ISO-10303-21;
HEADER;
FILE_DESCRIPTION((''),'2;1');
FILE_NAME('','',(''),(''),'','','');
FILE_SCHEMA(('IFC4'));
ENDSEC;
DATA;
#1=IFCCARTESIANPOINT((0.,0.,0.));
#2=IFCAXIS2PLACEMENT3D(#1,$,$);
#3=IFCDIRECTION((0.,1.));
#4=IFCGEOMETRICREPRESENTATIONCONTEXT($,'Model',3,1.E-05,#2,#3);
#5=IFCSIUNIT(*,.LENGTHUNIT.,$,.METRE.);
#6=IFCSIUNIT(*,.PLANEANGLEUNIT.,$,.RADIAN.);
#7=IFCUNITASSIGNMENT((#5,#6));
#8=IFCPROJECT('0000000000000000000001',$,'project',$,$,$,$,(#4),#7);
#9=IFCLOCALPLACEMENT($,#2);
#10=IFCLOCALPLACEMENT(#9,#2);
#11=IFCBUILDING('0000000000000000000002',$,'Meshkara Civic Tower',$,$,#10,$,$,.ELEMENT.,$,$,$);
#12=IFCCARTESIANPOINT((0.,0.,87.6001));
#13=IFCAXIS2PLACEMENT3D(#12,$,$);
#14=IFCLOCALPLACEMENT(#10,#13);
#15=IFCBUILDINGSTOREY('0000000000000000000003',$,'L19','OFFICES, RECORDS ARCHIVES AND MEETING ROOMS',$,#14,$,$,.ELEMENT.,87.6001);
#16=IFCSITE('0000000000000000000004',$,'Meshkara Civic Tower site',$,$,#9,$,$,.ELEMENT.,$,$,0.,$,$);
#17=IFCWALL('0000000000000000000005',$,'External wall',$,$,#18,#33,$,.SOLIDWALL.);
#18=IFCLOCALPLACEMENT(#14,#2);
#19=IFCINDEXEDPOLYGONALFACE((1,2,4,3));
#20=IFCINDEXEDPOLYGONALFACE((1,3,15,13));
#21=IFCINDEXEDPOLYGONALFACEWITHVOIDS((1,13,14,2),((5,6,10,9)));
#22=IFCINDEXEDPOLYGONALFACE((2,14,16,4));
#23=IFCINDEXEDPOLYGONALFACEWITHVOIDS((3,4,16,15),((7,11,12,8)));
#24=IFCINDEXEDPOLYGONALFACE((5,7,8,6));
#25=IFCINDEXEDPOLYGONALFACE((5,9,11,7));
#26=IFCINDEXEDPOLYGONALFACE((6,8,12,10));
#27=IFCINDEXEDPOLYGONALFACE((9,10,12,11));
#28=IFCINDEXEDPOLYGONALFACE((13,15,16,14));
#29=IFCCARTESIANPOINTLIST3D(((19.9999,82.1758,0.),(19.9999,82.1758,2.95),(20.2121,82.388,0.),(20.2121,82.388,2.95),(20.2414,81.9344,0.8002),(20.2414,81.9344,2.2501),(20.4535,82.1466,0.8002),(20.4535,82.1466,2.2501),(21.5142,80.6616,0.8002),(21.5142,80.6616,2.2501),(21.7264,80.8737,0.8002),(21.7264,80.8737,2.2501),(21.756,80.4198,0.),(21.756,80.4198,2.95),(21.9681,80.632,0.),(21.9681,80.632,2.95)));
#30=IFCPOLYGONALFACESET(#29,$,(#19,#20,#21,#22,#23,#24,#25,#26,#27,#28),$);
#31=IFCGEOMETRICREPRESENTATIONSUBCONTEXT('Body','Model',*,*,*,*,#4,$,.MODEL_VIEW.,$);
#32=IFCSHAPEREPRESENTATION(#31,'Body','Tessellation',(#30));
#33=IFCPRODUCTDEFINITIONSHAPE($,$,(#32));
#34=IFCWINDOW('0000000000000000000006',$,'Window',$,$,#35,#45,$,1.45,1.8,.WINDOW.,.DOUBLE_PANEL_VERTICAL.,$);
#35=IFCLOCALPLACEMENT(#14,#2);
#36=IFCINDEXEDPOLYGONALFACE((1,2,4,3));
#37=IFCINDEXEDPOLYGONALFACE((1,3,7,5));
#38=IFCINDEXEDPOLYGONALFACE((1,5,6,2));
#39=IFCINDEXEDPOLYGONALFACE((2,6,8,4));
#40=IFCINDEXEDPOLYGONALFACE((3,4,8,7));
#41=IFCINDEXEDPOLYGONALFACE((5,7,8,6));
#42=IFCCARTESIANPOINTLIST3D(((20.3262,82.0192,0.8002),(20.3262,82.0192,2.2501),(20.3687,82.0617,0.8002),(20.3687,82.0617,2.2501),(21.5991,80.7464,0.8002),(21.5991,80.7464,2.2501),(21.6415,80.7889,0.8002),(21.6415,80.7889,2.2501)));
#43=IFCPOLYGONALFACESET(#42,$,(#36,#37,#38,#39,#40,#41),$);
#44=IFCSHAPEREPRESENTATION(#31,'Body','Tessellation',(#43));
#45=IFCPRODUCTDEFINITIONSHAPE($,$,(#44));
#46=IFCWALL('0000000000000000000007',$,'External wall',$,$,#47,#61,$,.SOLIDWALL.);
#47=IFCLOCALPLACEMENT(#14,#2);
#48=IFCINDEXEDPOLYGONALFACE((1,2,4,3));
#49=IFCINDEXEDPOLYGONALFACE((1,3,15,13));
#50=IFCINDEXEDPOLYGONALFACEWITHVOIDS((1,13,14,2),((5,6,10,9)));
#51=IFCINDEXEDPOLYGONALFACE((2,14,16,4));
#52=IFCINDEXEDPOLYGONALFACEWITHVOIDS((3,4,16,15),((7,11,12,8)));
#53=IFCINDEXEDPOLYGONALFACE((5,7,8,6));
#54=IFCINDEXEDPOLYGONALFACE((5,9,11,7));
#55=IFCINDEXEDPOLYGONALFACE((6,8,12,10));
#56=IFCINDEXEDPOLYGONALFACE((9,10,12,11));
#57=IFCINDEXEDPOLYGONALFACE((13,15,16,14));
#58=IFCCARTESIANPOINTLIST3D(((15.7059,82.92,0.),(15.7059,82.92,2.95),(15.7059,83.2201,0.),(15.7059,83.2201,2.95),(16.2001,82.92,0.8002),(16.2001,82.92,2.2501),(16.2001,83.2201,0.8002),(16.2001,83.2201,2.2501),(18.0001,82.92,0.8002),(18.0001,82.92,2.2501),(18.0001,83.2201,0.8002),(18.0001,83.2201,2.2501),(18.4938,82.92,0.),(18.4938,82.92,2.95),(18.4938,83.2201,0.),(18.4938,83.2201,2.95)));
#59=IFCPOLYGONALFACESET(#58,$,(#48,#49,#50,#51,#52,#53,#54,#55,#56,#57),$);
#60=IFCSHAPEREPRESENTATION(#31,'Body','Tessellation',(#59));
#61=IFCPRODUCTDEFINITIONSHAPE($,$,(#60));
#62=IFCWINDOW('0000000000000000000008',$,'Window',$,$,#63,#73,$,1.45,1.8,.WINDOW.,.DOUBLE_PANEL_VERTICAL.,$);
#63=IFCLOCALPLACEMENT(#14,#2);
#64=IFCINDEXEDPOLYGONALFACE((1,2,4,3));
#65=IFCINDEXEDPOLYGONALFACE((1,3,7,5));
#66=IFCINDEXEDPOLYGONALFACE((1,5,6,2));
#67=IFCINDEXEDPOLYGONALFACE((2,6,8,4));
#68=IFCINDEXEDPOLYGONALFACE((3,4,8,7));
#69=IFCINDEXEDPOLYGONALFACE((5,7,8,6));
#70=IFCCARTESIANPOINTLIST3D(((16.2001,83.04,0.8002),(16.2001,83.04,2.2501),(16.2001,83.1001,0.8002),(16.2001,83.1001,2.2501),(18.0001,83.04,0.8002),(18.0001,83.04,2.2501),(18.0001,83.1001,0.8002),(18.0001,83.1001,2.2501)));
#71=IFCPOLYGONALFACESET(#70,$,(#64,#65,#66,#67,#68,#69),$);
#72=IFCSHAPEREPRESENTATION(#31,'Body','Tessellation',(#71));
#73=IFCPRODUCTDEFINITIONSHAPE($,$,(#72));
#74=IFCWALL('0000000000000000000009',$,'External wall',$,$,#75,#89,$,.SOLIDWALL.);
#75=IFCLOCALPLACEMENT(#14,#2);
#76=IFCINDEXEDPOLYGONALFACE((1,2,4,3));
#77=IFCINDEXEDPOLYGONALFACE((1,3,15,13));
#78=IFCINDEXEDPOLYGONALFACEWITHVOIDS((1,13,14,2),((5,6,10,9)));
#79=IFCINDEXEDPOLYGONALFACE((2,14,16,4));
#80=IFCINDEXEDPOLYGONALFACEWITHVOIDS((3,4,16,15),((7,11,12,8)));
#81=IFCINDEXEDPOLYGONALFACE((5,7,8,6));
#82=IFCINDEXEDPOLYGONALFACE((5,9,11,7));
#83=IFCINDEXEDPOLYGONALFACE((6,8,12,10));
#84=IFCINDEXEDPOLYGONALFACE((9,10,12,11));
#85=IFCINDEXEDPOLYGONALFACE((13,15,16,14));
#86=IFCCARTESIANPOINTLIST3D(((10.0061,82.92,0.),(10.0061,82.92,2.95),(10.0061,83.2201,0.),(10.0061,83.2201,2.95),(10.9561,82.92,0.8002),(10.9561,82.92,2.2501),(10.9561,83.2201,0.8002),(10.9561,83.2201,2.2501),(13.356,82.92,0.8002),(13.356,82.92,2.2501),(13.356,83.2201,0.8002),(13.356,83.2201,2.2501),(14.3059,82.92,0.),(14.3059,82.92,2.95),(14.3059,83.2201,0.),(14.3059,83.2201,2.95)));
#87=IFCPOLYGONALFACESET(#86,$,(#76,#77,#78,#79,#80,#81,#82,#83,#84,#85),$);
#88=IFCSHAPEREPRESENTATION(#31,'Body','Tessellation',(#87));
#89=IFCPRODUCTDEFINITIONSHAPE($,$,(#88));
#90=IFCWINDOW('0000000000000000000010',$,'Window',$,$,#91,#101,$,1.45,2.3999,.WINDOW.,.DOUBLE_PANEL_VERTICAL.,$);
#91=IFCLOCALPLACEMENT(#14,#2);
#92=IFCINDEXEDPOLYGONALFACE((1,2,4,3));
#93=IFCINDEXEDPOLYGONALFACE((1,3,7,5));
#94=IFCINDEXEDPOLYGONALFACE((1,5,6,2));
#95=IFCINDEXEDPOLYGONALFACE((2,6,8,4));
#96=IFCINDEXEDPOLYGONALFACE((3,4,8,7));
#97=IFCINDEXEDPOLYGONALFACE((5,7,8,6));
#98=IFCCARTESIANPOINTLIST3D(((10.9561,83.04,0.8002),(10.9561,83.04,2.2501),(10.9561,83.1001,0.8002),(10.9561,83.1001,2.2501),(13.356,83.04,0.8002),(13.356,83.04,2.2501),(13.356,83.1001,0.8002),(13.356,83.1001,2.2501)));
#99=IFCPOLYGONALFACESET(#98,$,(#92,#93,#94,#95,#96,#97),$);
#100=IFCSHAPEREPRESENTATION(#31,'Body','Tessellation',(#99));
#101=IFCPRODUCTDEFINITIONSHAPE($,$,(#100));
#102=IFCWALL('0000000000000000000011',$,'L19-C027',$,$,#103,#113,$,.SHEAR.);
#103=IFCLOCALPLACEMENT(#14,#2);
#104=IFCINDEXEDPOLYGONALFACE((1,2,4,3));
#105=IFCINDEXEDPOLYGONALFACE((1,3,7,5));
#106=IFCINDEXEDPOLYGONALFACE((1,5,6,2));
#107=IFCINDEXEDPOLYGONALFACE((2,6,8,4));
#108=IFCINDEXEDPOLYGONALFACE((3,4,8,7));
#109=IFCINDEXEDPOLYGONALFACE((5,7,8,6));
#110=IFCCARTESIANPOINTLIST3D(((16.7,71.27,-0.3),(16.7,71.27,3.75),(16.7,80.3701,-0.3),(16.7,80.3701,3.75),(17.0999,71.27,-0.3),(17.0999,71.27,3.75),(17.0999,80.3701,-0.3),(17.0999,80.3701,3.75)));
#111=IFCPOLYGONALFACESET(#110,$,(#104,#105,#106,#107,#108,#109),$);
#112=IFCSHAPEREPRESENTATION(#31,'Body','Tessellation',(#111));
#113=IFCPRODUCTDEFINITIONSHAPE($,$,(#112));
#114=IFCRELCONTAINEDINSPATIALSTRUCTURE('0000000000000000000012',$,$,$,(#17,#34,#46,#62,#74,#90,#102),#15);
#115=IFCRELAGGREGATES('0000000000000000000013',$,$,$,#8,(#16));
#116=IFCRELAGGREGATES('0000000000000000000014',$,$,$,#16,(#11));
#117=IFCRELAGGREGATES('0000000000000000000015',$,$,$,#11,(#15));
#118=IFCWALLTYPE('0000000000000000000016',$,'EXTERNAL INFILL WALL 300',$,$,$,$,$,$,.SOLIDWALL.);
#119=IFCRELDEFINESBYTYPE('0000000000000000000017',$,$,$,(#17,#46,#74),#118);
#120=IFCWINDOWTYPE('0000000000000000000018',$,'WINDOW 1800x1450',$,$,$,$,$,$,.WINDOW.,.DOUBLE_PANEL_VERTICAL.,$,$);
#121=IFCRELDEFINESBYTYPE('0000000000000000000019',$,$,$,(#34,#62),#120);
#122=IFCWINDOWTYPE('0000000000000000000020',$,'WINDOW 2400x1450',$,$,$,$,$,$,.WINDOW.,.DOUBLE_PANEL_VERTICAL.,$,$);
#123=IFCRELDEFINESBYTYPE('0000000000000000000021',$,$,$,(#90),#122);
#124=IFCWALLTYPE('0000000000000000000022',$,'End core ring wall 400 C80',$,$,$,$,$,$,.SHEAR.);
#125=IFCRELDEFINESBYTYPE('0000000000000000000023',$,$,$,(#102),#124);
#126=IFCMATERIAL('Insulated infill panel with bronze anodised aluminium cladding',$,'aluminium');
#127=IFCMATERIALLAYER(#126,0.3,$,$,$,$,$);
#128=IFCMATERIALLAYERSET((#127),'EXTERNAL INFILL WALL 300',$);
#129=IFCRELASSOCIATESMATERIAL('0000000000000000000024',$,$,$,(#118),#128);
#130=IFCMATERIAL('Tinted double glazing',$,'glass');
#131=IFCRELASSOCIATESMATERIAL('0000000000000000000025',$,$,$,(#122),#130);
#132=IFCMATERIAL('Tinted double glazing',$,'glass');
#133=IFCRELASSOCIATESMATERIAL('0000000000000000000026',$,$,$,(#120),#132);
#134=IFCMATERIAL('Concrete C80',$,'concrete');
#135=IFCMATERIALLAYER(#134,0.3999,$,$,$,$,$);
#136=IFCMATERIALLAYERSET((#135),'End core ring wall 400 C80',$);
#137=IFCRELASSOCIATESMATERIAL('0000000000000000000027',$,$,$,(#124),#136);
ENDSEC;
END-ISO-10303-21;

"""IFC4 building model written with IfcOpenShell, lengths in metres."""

from ifc_helpers import new_model, si_unit, direction, frame, frame_2d, origin, place, context, subcontext, project, spatial, rectangle, extrude, material, layer, layer_set, type_object, element, fill, save


model = new_model("IFC4")

# Units and contexts
model_context = context("Model", 3, precision=1e-05, world=origin(), true_north=direction((0.0, 1.0)))
body_context = subcontext(model_context, "Body", "Model", "MODEL_VIEW")
ifc_project = project(units=[si_unit("LENGTHUNIT", "METRE"), si_unit("PLANEANGLEUNIT", "RADIAN")], contexts=[model_context])

# Site, building, storey
site_placement = place(None, origin())
site = spatial("IfcSite", under=ifc_project, at=site_placement, Name="Meshkara Civic Tower site", CompositionType="ELEMENT", RefElevation=0.0)
building_placement = place(site_placement, origin())
building = spatial("IfcBuilding", under=site, at=building_placement, Name="Meshkara Civic Tower", CompositionType="ELEMENT")
storey_placement = place(building_placement, frame((0.0, 0.0, 87.6001)))
storey = spatial("IfcBuildingStorey", under=building, at=storey_placement, Name="L19", Description="OFFICES, RECORDS ARCHIVES AND MEETING ROOMS", CompositionType="ELEMENT", Elevation=87.6001)

# Walls, openings, windows
ifc_material_1 = material(Name="Insulated infill panel with bronze anodised aluminium cladding", Category="aluminium")
ifc_layer_1 = layer(ifc_material_1, 0.3)
ifc_layer_set_1 = layer_set([ifc_layer_1], Name="EXTERNAL INFILL WALL 300")
wall_type_1 = type_object("IfcWallType", Name="EXTERNAL INFILL WALL 300", PredefinedType="SOLIDWALL", material=ifc_layer_set_1)
ifc_material_2 = material(Name="Tinted double glazing", Category="glass")
window_type_1 = type_object("IfcWindowType", Name="WINDOW 2400x1450", PartitioningType="DOUBLE_PANEL_VERTICAL", PredefinedType="WINDOW", material=ifc_material_2)
wall_1_placement = place(storey_placement, frame((21.8621, 80.5259, 0.0), z_axis=(0.0, 0.0, 1.0), x_axis=(-0.707107, 0.707107, 0.0)))
wall_1 = element("IfcWall", 1, at=wall_1_placement, inside=storey, type_object=wall_type_1, Name="External wall", PredefinedType="SOLIDWALL", context=body_context, shape_type="SweptSolid", body=[
    extrude(rectangle(XDim=2.4834, YDim=0.3, at=frame_2d((1.2417, 0.0))), origin(), (0.0, 0.0, 1.0), 2.95),
])
opening_1_placement = place(wall_1_placement, frame((0.342, 0.0, 0.8)))
opening_1 = element("IfcOpeningElement", 2, at=opening_1_placement, cuts=wall_1, PredefinedType="OPENING", context=body_context, shape_type="SweptSolid", body=[
    extrude(rectangle(XDim=1.8, YDim=1.45, at=frame_2d((0.8999, 0.7251))), frame((0.0, 0.1599, 0.0), z_axis=(0.0, -1.0, 0.0), x_axis=(1.0, 0.0, 0.0)), (0.0, 0.0, 1.0), 0.3201),
])
ifc_material_3 = material(Name="Tinted double glazing", Category="glass")
window_type_2 = type_object("IfcWindowType", Name="WINDOW 1800x1450", PartitioningType="DOUBLE_PANEL_VERTICAL", PredefinedType="WINDOW", material=ifc_material_3)
window_1_placement = place(opening_1_placement, origin())
window_1 = element("IfcWindow", 3, at=window_1_placement, inside=storey, type_object=window_type_2, Name="Window", OverallHeight=1.45, OverallWidth=1.8, PartitioningType="DOUBLE_PANEL_VERTICAL", PredefinedType="WINDOW", context=body_context, shape_type="SweptSolid", body=[
    extrude(rectangle(XDim=1.8, YDim=1.45, at=frame_2d((0.8999, 0.7251))), frame((0.0, 0.03, 0.0), z_axis=(0.0, -1.0, 0.0), x_axis=(1.0, 0.0, 0.0)), (0.0, 0.0, 1.0), 0.0601),
])
fill(opening_1, window_1)
wall_2_placement = place(storey_placement, frame((18.4939, 83.0701, 0.0), z_axis=(0.0, 0.0, 1.0), x_axis=(-1.0, 0.0, 0.0)))
wall_2 = element("IfcWall", 4, at=wall_2_placement, inside=storey, type_object=wall_type_1, Name="External wall", PredefinedType="SOLIDWALL", context=body_context, shape_type="SweptSolid", body=[
    extrude(rectangle(XDim=2.7878, YDim=0.3, at=frame_2d((1.394, 0.0))), origin(), (0.0, 0.0, 1.0), 2.95),
])
opening_2_placement = place(wall_2_placement, frame((0.4939, 0.0, 0.8)))
opening_2 = element("IfcOpeningElement", 5, at=opening_2_placement, cuts=wall_2, PredefinedType="OPENING", context=body_context, shape_type="SweptSolid", body=[
    extrude(rectangle(XDim=1.8, YDim=1.45, at=frame_2d((0.8999, 0.7251))), frame((0.0, 0.1599, 0.0), z_axis=(0.0, -1.0, 0.0), x_axis=(1.0, 0.0, 0.0)), (0.0, 0.0, 1.0), 0.3201),
])
window_2_placement = place(opening_2_placement, origin())
window_2 = element("IfcWindow", 6, at=window_2_placement, inside=storey, type_object=window_type_2, Name="Window", OverallHeight=1.45, OverallWidth=1.8, PartitioningType="DOUBLE_PANEL_VERTICAL", PredefinedType="WINDOW", context=body_context, shape_type="SweptSolid", body=[
    extrude(rectangle(XDim=1.8, YDim=1.45, at=frame_2d((0.8999, 0.7251))), frame((0.0, 0.03, 0.0), z_axis=(0.0, -1.0, 0.0), x_axis=(1.0, 0.0, 0.0)), (0.0, 0.0, 1.0), 0.0601),
])
fill(opening_2, window_2)
wall_3_placement = place(storey_placement, frame((14.3059, 83.0701, 0.0), z_axis=(0.0, 0.0, 1.0), x_axis=(-1.0, 0.0, 0.0)))
wall_3 = element("IfcWall", 7, at=wall_3_placement, inside=storey, type_object=wall_type_1, Name="External wall", PredefinedType="SOLIDWALL", context=body_context, shape_type="SweptSolid", body=[
    extrude(rectangle(XDim=4.2998, YDim=0.3, at=frame_2d((2.1499, 0.0))), origin(), (0.0, 0.0, 1.0), 2.95),
])
opening_3_placement = place(wall_3_placement, frame((0.95, 0.0, 0.8)))
opening_3 = element("IfcOpeningElement", 8, at=opening_3_placement, cuts=wall_3, PredefinedType="OPENING", context=body_context, shape_type="SweptSolid", body=[
    extrude(rectangle(XDim=2.3999, YDim=1.45, at=frame_2d((1.2, 0.7251))), frame((0.0, 0.1599, 0.0), z_axis=(0.0, -1.0, 0.0), x_axis=(1.0, 0.0, 0.0)), (0.0, 0.0, 1.0), 0.3201),
])
window_3_placement = place(opening_3_placement, origin())
window_3 = element("IfcWindow", 9, at=window_3_placement, inside=storey, type_object=window_type_1, Name="Window", OverallHeight=1.45, OverallWidth=2.3999, PartitioningType="DOUBLE_PANEL_VERTICAL", PredefinedType="WINDOW", context=body_context, shape_type="SweptSolid", body=[
    extrude(rectangle(XDim=2.3999, YDim=1.45, at=frame_2d((1.2, 0.7251))), frame((0.0, 0.03, 0.0), z_axis=(0.0, -1.0, 0.0), x_axis=(1.0, 0.0, 0.0)), (0.0, 0.0, 1.0), 0.0601),
])
fill(opening_3, window_3)

# Wall
ifc_material_4 = material(Name="Concrete C80", Category="concrete")
ifc_layer_2 = layer(ifc_material_4, 0.3999)
ifc_layer_set_2 = layer_set([ifc_layer_2], Name="End core ring wall 400 C80")
wall_type_2 = type_object("IfcWallType", Name="End core ring wall 400 C80", PredefinedType="SHEAR", material=ifc_layer_set_2)
wall_4_placement = place(storey_placement, frame((16.8999, 71.27, -0.3), z_axis=(0.0, 0.0, 1.0), x_axis=(0.0, 1.0, 0.0)))
element("IfcWall", 10, at=wall_4_placement, inside=storey, type_object=wall_type_2, Name="L19-C027", PredefinedType="SHEAR", context=body_context, shape_type="SweptSolid", body=[
    extrude(rectangle(XDim=9.1001, YDim=0.3999, at=frame_2d((4.55, 0.0))), origin(), (0.0, 0.0, 1.0), 4.05),
])

save(model, "model.ifc")
